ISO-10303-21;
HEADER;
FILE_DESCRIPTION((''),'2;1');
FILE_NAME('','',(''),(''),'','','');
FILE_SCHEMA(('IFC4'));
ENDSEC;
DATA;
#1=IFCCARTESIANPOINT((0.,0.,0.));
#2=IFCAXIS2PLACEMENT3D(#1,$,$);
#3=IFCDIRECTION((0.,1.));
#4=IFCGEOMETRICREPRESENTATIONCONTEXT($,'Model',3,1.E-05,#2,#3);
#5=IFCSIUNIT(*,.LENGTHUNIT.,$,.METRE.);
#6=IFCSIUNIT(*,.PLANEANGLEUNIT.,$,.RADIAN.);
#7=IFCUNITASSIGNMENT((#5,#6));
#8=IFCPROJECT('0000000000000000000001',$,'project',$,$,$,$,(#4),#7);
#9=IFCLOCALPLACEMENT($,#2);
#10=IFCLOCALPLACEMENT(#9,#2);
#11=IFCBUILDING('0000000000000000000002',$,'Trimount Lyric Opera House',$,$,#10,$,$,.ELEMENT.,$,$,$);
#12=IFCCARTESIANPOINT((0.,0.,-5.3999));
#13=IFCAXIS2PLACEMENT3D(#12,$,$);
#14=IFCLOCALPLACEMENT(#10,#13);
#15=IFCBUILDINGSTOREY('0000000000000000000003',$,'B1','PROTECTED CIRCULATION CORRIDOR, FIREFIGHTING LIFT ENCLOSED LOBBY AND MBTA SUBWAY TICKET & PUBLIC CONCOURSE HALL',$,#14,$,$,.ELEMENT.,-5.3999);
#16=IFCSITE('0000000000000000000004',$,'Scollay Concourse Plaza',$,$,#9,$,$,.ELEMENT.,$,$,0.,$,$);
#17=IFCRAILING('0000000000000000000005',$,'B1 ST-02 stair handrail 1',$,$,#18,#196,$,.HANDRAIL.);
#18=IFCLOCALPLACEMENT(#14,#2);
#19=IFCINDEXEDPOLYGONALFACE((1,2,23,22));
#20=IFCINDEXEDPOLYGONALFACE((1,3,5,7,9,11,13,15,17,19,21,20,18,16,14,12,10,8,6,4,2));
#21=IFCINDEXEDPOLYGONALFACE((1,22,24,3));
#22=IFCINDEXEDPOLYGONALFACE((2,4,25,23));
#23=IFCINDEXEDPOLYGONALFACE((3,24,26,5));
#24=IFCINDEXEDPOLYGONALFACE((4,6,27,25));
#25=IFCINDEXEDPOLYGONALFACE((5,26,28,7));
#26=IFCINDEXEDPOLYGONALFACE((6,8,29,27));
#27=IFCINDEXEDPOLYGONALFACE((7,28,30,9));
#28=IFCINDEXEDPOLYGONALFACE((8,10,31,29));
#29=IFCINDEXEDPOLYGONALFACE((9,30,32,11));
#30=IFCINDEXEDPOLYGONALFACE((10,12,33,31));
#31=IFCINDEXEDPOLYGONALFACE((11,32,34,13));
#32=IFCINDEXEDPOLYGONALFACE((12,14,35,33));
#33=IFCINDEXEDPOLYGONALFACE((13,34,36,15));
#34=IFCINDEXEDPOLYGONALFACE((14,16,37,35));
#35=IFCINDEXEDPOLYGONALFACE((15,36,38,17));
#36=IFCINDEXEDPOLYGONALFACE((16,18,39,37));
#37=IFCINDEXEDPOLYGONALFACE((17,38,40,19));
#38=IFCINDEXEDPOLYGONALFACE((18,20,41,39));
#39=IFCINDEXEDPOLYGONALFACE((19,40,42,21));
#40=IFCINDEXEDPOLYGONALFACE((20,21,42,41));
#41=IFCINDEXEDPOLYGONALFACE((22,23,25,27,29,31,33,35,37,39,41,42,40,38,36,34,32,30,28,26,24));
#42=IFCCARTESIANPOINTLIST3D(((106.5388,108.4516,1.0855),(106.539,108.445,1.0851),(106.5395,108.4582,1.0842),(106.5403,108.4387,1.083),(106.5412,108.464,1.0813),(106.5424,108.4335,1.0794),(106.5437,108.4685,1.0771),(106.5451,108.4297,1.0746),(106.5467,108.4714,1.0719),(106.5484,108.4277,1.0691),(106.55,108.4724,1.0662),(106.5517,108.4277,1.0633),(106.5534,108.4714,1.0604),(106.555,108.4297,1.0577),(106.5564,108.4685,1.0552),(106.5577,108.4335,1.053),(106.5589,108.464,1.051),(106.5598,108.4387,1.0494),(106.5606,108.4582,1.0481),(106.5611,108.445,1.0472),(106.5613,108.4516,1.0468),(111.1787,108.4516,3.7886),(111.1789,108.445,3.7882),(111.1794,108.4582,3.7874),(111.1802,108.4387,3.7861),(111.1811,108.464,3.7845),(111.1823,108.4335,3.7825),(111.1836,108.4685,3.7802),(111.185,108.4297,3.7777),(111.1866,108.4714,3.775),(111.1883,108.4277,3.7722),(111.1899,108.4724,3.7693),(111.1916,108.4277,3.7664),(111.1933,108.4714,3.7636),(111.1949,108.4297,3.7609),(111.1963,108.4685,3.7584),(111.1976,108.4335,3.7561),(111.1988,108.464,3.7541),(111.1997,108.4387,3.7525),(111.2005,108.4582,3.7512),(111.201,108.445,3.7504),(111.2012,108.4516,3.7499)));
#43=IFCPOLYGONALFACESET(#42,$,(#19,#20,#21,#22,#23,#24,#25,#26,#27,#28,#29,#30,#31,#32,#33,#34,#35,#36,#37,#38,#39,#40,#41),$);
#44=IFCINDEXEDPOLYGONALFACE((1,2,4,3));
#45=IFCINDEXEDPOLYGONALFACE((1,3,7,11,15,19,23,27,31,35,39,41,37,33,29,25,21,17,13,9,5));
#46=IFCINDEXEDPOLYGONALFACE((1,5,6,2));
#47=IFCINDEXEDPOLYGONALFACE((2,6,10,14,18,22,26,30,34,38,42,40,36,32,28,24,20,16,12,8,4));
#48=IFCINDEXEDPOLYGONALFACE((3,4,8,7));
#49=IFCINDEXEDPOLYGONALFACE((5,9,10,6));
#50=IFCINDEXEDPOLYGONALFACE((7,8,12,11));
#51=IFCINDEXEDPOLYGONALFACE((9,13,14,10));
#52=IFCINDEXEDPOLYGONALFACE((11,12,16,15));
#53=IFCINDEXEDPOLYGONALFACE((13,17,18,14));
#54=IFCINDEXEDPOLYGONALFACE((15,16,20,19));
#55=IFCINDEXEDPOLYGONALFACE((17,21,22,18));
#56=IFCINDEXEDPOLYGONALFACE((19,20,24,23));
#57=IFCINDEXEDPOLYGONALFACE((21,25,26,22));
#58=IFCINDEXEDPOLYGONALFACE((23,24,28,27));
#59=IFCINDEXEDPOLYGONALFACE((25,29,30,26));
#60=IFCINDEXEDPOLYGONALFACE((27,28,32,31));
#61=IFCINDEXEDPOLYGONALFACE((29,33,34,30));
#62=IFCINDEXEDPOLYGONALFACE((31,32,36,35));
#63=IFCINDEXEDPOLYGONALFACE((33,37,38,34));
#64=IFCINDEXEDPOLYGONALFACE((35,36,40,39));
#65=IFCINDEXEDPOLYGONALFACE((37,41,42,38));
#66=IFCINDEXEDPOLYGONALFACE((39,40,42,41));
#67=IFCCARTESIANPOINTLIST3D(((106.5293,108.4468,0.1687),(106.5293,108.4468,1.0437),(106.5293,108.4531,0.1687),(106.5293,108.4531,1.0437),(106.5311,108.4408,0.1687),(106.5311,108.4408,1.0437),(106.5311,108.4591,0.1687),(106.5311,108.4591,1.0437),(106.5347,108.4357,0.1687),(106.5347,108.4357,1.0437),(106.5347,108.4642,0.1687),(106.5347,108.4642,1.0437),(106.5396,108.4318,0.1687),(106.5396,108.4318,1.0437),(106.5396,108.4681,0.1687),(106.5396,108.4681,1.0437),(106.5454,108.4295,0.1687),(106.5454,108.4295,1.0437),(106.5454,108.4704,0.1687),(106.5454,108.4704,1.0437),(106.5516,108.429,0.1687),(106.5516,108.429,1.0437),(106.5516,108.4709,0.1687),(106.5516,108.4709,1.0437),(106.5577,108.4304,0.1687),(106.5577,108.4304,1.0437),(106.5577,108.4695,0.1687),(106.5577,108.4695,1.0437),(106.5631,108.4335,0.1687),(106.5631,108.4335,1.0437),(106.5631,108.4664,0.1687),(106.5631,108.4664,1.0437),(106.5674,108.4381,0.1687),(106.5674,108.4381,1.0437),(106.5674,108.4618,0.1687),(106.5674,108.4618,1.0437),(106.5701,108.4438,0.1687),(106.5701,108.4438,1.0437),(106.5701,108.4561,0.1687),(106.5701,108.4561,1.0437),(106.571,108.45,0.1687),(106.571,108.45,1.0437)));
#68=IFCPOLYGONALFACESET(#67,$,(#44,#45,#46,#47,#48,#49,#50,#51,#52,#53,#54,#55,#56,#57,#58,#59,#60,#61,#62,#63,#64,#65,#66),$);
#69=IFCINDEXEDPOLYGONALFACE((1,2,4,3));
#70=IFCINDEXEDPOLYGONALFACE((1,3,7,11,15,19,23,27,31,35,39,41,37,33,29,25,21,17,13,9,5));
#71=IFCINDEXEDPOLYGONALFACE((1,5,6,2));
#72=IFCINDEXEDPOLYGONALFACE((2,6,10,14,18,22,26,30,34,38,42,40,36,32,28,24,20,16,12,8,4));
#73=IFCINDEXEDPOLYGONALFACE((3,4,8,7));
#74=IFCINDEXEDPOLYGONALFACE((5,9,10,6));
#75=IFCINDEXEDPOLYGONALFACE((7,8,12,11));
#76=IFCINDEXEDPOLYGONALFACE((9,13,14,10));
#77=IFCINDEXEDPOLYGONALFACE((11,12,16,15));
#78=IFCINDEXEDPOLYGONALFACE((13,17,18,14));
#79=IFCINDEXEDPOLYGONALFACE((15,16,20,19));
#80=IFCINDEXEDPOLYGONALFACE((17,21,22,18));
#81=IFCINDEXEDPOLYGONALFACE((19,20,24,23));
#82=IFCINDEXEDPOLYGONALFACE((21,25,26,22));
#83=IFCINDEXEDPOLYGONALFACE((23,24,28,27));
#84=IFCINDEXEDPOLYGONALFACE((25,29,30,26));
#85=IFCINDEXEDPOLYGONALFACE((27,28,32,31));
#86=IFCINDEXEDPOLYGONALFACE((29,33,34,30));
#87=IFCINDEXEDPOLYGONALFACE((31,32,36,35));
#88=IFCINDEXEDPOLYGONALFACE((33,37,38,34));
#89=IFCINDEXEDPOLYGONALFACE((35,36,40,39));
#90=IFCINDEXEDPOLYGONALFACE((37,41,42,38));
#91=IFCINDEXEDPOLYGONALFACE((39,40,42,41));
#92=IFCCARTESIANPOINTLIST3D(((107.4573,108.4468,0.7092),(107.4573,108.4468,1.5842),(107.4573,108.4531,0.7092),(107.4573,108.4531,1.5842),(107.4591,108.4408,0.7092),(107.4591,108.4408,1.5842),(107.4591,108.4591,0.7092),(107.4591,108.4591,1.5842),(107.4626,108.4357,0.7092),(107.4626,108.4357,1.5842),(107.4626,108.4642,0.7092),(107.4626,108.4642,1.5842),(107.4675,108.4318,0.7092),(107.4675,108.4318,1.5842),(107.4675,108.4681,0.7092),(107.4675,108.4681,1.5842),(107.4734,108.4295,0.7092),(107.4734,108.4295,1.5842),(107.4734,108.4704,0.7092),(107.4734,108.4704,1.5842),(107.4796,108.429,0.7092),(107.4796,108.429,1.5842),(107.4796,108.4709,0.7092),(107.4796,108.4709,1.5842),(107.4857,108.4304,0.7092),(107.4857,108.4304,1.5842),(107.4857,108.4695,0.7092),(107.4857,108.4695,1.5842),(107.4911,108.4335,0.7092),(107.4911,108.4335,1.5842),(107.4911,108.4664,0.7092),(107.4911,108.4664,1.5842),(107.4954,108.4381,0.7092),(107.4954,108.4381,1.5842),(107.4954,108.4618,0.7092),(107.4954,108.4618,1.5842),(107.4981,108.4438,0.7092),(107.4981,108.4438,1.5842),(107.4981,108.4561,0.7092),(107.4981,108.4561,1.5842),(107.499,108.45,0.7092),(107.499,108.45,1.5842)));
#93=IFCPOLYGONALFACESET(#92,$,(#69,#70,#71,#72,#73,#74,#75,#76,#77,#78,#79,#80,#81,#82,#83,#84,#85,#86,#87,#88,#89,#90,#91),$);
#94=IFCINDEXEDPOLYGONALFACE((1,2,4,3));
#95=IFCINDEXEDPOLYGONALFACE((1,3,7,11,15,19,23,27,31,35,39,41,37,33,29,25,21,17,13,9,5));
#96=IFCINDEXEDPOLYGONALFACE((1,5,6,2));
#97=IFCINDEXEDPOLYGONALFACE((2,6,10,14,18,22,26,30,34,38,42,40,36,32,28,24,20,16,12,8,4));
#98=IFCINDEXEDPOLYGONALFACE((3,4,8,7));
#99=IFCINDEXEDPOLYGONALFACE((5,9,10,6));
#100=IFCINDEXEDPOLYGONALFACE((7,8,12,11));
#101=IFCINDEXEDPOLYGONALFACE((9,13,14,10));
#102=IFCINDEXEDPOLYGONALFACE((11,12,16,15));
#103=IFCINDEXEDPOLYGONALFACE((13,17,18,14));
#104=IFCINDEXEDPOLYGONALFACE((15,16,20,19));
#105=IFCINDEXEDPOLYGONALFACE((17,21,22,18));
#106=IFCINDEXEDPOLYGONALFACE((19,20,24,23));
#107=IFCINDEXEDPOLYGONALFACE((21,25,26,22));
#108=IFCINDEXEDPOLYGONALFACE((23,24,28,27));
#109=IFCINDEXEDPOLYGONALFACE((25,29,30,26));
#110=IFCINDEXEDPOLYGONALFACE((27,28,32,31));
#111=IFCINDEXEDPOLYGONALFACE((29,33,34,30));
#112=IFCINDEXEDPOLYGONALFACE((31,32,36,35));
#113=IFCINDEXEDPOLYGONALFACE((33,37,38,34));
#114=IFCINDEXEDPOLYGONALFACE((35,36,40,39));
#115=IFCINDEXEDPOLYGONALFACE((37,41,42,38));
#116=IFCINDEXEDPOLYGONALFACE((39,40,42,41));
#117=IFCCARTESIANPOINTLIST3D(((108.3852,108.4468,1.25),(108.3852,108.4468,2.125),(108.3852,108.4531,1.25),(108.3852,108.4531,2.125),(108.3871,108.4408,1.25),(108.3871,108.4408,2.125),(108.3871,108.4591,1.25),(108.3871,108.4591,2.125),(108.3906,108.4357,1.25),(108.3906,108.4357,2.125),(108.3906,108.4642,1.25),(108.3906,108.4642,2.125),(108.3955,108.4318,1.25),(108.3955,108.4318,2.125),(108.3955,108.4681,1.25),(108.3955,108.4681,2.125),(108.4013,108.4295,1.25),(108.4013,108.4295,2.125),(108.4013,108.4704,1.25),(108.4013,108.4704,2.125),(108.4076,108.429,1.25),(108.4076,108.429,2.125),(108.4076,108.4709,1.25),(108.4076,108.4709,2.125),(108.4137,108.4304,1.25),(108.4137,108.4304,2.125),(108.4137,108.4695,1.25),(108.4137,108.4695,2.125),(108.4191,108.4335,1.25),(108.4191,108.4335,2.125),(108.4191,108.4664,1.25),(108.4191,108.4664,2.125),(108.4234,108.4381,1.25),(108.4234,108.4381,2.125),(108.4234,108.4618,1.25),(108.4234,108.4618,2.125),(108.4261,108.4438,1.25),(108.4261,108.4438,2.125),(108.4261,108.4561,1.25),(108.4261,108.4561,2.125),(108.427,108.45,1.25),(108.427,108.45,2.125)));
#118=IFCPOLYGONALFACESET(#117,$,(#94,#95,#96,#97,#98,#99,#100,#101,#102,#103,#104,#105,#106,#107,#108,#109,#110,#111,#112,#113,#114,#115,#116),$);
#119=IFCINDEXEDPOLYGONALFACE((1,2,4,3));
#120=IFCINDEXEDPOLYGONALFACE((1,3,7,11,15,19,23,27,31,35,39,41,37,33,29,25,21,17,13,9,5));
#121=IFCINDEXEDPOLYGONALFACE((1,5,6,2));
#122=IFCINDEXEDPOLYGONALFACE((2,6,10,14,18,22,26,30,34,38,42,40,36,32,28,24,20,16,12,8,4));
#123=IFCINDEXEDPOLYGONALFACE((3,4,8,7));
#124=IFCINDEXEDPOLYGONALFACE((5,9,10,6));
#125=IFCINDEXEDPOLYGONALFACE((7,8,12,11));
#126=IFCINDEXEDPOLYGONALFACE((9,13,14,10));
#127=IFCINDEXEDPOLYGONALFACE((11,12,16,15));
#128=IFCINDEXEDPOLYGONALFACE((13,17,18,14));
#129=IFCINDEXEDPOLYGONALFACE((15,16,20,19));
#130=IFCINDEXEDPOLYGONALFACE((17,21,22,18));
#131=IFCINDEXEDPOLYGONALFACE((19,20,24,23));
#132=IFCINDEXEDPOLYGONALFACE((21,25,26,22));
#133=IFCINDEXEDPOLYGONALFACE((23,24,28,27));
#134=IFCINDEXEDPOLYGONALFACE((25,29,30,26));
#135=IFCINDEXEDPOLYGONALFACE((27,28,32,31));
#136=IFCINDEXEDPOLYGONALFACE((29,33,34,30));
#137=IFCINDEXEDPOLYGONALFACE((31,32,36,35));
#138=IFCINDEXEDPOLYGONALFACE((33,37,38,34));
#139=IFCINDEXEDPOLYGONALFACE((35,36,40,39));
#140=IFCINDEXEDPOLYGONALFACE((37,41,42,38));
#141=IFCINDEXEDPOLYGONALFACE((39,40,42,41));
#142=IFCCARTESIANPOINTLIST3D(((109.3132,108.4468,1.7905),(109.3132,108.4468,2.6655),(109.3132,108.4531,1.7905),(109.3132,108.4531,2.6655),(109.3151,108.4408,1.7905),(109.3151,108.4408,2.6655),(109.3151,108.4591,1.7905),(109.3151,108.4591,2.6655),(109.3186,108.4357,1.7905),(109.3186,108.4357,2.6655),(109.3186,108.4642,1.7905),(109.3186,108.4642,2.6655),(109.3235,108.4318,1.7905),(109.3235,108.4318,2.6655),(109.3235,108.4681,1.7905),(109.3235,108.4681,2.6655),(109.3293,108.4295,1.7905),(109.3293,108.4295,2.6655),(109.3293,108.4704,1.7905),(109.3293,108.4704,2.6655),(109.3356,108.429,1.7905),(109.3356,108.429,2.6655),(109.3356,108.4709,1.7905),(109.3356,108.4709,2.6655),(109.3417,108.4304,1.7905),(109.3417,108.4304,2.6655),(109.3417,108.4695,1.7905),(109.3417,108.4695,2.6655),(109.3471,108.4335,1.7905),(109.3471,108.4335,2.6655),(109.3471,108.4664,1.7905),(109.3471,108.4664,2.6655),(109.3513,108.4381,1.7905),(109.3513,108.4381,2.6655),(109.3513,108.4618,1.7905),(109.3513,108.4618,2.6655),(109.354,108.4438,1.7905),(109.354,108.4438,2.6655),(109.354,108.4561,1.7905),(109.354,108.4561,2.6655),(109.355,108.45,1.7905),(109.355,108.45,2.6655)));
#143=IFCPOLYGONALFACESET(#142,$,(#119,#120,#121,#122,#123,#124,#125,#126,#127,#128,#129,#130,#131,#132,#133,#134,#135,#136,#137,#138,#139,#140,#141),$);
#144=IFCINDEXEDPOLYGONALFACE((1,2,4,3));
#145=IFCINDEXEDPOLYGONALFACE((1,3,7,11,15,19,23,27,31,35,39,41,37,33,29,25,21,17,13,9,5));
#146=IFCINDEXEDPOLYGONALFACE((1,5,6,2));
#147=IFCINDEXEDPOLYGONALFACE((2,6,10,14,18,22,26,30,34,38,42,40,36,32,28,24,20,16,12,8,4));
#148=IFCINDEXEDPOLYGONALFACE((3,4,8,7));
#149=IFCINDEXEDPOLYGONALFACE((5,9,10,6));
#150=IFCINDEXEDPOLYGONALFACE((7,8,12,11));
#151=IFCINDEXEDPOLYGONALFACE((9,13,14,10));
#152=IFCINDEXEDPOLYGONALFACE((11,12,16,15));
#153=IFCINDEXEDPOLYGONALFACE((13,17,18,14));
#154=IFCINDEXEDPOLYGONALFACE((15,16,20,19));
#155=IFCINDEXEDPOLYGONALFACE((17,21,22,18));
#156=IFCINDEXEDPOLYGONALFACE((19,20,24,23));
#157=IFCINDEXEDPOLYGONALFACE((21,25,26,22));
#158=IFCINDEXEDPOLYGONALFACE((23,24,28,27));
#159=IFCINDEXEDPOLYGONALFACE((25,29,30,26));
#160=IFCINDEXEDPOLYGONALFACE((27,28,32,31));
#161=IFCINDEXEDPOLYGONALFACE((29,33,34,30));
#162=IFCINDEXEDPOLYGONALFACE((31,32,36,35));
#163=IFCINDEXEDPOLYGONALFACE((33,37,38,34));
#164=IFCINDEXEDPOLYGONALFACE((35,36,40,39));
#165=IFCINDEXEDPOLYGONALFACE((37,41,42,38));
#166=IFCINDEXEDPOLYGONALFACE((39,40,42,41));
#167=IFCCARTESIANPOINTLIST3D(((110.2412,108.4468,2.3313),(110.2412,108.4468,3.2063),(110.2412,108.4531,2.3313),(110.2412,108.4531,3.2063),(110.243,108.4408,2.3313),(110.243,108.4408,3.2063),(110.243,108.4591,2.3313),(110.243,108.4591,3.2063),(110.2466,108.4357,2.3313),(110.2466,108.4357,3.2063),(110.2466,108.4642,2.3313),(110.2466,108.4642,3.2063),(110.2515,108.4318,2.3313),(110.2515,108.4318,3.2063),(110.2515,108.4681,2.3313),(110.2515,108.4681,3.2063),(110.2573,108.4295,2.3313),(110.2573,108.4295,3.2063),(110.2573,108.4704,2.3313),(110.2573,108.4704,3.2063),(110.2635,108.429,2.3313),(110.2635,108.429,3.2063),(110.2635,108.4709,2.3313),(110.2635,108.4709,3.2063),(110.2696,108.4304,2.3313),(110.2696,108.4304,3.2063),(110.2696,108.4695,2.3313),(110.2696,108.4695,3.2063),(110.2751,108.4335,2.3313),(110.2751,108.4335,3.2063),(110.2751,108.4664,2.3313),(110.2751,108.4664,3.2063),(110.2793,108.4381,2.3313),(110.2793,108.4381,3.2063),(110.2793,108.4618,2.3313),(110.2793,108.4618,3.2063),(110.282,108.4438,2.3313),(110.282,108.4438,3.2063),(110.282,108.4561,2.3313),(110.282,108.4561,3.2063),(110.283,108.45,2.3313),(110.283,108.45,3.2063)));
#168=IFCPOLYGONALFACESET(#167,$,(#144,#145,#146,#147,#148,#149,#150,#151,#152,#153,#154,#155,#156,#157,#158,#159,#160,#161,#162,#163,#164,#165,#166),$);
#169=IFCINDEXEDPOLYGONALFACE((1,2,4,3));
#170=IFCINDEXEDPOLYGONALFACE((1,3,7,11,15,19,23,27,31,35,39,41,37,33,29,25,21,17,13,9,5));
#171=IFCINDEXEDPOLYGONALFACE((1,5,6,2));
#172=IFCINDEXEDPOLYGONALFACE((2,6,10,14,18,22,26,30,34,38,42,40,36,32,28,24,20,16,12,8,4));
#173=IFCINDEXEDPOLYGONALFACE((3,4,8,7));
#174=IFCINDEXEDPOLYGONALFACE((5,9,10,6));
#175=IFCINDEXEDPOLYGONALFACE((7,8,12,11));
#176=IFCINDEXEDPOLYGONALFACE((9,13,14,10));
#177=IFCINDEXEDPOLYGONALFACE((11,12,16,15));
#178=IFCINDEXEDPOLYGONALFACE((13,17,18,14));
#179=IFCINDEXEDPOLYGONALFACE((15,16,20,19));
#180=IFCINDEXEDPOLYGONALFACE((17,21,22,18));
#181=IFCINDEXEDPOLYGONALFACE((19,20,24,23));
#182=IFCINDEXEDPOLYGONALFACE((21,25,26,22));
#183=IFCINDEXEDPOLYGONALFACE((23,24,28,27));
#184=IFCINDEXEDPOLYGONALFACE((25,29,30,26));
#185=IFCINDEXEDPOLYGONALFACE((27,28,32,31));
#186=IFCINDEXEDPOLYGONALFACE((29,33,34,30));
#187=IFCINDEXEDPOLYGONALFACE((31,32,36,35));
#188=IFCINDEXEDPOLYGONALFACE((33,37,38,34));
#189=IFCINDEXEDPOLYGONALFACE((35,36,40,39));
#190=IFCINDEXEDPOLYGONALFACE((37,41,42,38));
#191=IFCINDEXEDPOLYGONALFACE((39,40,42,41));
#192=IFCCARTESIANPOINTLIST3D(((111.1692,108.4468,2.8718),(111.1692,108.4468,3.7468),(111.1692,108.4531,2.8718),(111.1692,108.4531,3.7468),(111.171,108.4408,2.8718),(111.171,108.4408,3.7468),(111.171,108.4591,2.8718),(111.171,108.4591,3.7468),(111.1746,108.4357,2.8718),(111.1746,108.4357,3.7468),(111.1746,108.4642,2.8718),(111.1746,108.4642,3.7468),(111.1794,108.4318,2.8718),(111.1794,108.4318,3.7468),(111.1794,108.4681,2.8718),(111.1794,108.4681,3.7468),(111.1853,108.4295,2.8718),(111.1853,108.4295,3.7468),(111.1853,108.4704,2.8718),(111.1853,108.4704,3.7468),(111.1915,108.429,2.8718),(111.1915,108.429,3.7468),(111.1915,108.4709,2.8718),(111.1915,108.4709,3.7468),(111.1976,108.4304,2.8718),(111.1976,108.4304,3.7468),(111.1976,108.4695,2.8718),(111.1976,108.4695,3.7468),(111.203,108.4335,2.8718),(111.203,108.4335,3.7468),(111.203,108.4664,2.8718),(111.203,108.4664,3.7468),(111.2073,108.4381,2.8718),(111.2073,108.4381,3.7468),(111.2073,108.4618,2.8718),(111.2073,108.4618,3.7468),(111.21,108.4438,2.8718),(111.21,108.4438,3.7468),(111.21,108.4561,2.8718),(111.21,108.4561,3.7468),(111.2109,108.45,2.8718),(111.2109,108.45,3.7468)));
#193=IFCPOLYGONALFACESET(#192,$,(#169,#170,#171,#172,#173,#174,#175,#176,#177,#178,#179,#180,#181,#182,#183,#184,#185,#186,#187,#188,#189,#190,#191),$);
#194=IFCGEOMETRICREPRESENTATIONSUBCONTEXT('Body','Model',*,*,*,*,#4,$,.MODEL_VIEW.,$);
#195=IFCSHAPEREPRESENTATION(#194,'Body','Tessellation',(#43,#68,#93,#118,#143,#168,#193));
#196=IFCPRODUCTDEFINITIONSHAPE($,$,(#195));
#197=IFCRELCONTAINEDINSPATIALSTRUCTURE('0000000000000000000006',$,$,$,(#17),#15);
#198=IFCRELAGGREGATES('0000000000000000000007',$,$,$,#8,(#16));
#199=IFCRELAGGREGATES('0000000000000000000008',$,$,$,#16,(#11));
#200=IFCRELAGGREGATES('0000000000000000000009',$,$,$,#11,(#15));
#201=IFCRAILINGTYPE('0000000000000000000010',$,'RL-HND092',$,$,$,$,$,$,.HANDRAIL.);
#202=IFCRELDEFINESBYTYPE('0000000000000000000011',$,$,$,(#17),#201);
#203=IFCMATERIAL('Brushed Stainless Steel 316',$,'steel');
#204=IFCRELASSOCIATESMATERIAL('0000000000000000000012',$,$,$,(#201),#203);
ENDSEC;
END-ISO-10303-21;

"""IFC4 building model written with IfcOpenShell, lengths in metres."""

from ifc_helpers import new_model, si_unit, direction, frame, origin, origin_2d, place, context, subcontext, project, spatial, circle, extrude, material, type_object, element, save


model = new_model("IFC4")

# Units and contexts
model_context = context("Model", 3, precision=1e-05, world=origin(), true_north=direction((0.0, 1.0)))
body_context = subcontext(model_context, "Body", "Model", "MODEL_VIEW")
ifc_project = project(units=[si_unit("LENGTHUNIT", "METRE"), si_unit("PLANEANGLEUNIT", "RADIAN")], contexts=[model_context])

# Site, building, storey
site_placement = place(None, origin())
site = spatial("IfcSite", under=ifc_project, at=site_placement, Name="Scollay Concourse Plaza", CompositionType="ELEMENT", RefElevation=0.0)
building_placement = place(site_placement, origin())
building = spatial("IfcBuilding", under=site, at=building_placement, Name="Trimount Lyric Opera House", CompositionType="ELEMENT")
storey_placement = place(building_placement, frame((0.0, 0.0, -5.3999)))
storey = spatial("IfcBuildingStorey", under=building, at=storey_placement, Name="B1", Description="PROTECTED CIRCULATION CORRIDOR, FIREFIGHTING LIFT ENCLOSED LOBBY AND MBTA SUBWAY TICKET & PUBLIC CONCOURSE HALL", CompositionType="ELEMENT", Elevation=-5.3999)

# Railing
ifc_material_1 = material(Name="Brushed Stainless Steel 316", Category="steel")
railing_type_1 = type_object("IfcRailingType", Name="RL-HND092", PredefinedType="HANDRAIL", material=ifc_material_1)
railing_1_placement = place(storey_placement, frame((106.55, 108.45, 0.1687)))
element("IfcRailing", 1, at=railing_1_placement, inside=storey, type_object=railing_type_1, Name="B1 ST-02 stair handrail 1", PredefinedType="HANDRAIL", context=body_context, shape_type="SweptSolid", body=[
    extrude(circle(Radius=0.0225, at=origin_2d()), frame((0.0, 0.0, 0.8975), z_axis=(0.864061, 0.0, 0.503388), x_axis=(0.0, 1.0, 0.0)), (0.0, 0.0, 1.0), 5.3699),
    extrude(circle(Radius=0.021, at=origin_2d()), origin(), (0.0, 0.0, 1.0), 0.875),
    extrude(circle(Radius=0.021, at=origin_2d()), frame((0.928, 0.0, 0.5405)), (0.0, 0.0, 1.0), 0.875),
    extrude(circle(Radius=0.021, at=origin_2d()), frame((1.856, 0.0, 1.0813)), (0.0, 0.0, 1.0), 0.875),
    extrude(circle(Radius=0.021, at=origin_2d()), frame((2.7839, 0.0, 1.6218)), (0.0, 0.0, 1.0), 0.875),
    extrude(circle(Radius=0.021, at=origin_2d()), frame((3.7119, 0.0, 2.1626)), (0.0, 0.0, 1.0), 0.875),
    extrude(circle(Radius=0.021, at=origin_2d()), frame((4.6399, 0.0, 2.7031)), (0.0, 0.0, 1.0), 0.875),
])

save(model, "model.ifc")
